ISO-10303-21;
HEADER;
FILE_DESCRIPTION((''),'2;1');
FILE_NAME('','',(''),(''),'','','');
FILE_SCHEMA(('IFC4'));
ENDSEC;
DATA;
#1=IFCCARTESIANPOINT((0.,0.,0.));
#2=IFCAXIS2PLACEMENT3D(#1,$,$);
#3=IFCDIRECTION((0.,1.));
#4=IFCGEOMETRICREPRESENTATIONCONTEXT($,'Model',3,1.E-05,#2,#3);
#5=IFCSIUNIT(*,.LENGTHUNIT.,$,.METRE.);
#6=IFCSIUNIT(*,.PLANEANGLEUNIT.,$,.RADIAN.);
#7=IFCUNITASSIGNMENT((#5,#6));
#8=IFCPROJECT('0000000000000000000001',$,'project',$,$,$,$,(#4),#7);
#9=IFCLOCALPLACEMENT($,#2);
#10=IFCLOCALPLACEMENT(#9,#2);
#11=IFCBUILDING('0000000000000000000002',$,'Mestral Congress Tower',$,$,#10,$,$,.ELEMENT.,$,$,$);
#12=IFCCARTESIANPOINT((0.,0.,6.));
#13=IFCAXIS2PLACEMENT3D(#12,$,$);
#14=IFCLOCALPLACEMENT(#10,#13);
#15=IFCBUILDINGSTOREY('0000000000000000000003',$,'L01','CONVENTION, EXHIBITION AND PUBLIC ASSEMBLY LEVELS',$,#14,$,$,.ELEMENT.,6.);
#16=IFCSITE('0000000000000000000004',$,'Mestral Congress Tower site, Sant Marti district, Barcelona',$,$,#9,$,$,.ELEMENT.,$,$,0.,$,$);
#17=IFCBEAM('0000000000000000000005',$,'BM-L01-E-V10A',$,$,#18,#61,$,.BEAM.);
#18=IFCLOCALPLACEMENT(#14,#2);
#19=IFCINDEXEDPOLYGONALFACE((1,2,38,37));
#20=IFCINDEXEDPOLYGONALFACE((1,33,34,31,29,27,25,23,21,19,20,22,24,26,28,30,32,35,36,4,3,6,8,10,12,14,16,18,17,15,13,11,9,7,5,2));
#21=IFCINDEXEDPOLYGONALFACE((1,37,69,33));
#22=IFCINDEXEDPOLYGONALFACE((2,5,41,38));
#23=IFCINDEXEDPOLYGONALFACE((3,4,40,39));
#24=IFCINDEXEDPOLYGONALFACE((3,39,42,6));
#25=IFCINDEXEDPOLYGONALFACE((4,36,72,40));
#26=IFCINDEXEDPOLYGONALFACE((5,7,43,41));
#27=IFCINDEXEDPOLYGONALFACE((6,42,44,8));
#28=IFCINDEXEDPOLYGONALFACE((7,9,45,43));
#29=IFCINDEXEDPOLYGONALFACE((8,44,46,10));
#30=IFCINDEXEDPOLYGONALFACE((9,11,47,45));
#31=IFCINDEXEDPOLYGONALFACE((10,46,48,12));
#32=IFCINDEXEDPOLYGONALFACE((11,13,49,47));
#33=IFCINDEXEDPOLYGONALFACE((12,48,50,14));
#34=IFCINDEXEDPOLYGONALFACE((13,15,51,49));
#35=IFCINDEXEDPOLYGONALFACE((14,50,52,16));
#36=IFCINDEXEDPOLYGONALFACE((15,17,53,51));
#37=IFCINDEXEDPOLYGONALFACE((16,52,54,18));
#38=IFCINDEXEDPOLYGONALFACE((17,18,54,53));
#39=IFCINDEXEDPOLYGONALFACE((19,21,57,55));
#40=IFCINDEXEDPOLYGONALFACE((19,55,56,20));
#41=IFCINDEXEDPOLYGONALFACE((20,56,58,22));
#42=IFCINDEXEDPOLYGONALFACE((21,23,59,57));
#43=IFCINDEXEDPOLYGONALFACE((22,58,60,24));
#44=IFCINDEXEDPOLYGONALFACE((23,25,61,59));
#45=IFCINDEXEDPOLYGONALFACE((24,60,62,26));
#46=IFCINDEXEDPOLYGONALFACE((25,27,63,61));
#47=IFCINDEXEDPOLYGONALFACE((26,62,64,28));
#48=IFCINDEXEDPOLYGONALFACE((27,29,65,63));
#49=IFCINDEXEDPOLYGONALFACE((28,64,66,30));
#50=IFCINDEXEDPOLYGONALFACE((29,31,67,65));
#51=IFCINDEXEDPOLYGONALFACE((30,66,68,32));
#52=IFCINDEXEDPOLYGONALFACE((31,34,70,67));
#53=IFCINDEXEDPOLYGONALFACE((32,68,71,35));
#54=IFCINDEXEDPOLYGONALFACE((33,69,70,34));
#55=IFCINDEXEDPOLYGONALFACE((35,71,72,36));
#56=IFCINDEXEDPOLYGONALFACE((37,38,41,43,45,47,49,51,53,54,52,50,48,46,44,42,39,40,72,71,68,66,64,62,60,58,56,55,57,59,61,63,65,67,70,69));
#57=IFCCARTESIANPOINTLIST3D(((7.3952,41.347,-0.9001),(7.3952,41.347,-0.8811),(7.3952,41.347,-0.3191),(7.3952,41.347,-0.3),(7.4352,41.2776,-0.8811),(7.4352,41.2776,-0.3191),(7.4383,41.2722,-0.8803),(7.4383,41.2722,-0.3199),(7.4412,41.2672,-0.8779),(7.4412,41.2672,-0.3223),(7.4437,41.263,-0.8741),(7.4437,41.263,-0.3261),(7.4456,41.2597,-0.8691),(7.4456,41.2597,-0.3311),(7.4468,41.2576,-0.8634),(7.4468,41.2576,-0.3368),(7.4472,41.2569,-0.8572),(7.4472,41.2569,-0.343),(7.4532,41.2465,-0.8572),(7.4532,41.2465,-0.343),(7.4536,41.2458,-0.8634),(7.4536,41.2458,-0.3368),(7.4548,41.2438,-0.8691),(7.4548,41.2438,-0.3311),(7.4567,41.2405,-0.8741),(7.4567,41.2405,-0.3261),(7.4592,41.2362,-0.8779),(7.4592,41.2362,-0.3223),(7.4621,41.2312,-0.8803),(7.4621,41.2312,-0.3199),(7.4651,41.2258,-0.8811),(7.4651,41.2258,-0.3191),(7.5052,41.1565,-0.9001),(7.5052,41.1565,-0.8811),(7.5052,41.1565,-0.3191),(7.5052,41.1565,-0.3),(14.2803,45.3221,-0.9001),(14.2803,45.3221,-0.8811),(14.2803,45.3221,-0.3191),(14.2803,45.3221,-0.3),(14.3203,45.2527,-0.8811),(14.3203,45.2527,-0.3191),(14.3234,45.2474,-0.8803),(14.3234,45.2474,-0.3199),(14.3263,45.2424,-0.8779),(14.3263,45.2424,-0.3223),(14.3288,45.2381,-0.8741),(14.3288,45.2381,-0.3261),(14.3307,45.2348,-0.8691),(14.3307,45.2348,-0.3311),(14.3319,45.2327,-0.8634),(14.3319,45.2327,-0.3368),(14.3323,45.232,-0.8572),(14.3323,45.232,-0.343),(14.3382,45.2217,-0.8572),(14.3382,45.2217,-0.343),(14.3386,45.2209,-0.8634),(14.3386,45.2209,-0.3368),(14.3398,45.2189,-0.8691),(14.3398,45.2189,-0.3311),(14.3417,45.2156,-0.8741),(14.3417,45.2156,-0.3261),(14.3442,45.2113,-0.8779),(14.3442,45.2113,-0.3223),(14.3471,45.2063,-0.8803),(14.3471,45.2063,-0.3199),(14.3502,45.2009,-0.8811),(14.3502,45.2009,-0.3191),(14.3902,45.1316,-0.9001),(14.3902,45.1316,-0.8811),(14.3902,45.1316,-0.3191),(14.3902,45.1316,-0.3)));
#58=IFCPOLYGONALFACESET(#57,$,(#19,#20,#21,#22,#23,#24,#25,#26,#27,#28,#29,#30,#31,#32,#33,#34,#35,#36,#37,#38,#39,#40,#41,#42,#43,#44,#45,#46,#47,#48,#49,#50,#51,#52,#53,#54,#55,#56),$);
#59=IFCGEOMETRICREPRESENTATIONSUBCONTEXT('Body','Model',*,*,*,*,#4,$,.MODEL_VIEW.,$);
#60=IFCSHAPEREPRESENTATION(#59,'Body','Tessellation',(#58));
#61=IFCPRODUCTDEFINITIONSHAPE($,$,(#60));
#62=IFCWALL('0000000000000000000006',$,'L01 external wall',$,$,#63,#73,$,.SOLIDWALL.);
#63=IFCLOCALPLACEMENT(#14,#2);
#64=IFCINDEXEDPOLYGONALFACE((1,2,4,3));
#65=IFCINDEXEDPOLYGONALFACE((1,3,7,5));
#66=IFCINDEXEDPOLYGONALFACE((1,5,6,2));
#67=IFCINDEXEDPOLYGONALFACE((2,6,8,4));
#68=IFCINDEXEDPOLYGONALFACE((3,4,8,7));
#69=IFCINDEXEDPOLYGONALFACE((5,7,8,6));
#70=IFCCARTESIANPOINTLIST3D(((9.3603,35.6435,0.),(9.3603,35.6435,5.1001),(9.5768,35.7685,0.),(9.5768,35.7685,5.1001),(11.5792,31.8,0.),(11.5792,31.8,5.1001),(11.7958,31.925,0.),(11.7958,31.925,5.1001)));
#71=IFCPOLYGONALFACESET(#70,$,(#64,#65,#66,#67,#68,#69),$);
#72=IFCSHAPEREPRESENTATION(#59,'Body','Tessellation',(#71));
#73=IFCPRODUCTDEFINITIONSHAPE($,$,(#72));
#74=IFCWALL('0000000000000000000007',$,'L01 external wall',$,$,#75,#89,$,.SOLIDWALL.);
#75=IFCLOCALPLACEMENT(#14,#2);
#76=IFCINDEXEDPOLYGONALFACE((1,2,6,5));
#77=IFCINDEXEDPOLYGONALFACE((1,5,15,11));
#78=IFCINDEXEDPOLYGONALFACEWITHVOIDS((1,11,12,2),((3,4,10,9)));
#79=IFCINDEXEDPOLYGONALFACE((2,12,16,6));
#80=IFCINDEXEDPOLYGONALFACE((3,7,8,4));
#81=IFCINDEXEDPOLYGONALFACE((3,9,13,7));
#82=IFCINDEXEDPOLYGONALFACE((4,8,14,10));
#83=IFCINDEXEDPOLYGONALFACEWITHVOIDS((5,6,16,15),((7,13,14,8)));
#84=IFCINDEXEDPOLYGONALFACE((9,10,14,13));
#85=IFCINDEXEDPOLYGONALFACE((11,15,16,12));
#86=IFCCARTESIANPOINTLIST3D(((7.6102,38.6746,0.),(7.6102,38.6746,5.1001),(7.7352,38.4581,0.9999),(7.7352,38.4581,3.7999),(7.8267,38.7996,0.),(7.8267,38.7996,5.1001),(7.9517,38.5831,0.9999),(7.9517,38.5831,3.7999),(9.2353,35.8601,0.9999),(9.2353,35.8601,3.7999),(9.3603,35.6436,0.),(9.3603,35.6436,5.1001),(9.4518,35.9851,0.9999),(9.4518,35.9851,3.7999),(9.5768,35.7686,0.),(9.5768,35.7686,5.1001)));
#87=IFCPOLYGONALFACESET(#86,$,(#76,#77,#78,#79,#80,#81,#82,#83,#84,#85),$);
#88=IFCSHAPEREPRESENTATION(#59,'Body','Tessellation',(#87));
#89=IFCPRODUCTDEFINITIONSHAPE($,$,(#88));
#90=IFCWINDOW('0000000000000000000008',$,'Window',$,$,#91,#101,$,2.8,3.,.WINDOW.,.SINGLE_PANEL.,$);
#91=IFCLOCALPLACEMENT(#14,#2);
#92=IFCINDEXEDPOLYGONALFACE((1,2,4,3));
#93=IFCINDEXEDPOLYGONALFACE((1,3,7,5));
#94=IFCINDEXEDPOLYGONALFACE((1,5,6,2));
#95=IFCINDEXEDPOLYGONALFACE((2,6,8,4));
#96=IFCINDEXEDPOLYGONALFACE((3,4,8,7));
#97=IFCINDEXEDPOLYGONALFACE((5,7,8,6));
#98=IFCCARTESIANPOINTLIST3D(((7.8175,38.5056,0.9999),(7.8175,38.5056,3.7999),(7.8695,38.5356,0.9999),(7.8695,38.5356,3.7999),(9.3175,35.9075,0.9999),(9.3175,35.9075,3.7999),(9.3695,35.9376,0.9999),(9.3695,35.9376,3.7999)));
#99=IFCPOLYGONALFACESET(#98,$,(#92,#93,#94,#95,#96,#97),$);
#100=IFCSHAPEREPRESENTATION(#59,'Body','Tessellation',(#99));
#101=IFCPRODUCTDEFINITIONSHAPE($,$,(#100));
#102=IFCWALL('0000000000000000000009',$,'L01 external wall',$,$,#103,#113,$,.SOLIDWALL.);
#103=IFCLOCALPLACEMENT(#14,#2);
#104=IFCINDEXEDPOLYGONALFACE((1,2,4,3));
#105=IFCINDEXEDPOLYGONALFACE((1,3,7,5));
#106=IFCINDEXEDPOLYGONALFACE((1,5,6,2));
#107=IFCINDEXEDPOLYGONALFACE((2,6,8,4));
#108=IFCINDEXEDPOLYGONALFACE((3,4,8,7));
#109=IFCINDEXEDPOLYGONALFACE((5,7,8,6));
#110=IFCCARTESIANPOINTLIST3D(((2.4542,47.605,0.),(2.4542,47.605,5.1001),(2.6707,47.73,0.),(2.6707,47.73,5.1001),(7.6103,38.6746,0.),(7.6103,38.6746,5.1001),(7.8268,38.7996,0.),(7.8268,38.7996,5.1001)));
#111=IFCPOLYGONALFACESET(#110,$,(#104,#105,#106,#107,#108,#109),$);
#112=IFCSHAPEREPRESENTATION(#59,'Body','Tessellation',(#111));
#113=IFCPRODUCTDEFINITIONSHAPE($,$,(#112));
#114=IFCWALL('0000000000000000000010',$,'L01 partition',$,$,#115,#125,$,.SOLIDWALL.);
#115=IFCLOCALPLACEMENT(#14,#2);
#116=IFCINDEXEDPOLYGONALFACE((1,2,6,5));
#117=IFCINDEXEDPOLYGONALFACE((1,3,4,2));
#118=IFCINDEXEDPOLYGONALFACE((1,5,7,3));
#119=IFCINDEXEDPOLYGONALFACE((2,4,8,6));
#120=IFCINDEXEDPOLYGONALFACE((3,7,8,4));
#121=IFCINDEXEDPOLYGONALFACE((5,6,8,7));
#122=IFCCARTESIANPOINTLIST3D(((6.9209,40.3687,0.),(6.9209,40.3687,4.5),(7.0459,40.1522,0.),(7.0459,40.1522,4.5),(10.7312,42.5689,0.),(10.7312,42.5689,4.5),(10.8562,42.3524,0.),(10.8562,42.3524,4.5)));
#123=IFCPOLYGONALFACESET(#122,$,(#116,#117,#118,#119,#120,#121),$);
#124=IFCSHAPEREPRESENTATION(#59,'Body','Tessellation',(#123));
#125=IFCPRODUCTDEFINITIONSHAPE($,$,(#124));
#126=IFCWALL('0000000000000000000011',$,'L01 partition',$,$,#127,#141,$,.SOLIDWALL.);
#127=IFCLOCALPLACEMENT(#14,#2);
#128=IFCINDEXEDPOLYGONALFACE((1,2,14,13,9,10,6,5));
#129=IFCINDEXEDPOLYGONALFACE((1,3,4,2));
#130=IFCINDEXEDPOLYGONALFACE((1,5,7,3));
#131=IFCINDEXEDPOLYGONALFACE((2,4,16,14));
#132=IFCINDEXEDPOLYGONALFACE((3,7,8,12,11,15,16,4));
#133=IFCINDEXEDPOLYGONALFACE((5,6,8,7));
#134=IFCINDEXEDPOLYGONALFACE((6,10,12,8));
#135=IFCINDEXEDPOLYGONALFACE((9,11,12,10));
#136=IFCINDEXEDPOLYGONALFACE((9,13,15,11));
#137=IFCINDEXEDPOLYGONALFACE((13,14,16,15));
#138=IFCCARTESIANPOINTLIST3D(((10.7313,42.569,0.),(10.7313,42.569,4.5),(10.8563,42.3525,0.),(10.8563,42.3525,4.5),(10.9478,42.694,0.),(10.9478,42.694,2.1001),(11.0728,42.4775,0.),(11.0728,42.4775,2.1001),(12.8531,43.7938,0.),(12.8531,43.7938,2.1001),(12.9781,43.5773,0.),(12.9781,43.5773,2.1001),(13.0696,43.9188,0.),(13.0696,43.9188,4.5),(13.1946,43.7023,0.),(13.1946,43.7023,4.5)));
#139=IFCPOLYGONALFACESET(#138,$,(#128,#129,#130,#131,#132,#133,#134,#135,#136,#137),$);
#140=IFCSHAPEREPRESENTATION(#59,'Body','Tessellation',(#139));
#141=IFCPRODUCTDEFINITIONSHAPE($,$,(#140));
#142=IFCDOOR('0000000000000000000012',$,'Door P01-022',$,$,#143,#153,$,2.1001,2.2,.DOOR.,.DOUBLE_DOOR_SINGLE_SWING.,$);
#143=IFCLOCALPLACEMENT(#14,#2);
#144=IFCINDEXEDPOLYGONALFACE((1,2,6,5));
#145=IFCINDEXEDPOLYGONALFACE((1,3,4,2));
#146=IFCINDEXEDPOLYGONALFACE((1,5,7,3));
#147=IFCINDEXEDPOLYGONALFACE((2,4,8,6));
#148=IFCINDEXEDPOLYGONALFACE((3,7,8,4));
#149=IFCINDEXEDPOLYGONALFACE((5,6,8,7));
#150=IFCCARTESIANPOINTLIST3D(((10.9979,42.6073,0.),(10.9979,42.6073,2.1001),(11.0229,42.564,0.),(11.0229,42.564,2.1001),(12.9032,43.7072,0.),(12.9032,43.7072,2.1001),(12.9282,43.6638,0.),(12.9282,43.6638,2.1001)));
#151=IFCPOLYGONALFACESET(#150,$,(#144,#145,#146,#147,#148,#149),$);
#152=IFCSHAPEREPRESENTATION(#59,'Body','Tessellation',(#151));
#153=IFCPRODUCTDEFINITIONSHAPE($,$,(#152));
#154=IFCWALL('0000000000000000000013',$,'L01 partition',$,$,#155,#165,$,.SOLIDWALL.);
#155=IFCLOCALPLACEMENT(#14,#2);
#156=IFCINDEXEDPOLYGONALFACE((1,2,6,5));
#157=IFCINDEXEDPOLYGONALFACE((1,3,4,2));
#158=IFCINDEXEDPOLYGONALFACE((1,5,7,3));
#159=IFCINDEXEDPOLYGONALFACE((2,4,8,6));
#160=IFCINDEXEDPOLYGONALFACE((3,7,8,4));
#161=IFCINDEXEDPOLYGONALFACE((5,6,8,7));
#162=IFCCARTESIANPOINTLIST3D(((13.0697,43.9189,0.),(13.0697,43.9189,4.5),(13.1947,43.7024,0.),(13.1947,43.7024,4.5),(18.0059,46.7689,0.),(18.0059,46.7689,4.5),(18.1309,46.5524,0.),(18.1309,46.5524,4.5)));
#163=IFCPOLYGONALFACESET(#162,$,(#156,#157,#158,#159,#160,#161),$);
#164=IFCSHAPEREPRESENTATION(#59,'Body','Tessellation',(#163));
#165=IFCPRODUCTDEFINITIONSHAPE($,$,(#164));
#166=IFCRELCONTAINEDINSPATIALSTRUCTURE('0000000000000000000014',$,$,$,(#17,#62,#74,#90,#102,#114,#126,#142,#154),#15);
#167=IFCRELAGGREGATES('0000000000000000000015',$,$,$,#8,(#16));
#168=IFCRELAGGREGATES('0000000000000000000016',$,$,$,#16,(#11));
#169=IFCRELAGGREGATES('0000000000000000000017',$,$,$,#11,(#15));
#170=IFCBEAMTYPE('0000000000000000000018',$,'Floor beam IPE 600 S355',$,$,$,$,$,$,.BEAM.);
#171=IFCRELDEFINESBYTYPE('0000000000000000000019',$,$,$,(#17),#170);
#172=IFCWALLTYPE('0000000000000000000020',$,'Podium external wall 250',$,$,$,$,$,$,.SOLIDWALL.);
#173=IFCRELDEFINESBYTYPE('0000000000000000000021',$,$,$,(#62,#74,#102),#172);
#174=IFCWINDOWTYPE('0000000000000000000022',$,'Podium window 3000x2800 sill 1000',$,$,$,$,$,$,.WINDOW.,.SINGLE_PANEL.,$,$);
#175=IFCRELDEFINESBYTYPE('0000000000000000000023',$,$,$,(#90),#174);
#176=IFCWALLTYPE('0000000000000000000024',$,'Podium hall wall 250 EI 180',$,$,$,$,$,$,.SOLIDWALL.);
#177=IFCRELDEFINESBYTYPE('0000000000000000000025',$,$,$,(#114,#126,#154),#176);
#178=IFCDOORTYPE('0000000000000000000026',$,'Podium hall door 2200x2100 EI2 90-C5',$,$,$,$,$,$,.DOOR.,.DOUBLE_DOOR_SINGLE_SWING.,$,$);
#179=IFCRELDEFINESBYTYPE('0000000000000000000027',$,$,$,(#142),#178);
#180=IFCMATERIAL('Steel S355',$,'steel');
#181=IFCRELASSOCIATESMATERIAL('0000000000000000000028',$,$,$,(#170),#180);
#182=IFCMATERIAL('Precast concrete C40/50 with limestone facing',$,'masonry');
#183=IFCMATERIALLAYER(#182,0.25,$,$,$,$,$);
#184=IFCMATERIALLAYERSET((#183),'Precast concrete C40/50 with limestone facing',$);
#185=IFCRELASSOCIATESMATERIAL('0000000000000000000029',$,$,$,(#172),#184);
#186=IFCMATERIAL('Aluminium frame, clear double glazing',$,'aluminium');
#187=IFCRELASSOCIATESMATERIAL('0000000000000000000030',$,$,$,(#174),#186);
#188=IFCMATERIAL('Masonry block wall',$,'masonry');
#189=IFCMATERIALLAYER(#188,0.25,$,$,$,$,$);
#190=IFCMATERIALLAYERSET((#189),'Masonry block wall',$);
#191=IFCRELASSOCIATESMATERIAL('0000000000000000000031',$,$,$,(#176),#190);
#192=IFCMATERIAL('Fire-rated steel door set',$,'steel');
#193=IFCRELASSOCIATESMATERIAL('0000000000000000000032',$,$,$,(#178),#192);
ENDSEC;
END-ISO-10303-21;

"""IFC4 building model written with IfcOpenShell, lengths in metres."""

from ifc_helpers import new_model, si_unit, direction, frame, frame_2d, origin, origin_2d, place, context, subcontext, project, spatial, rectangle, i_section, extrude, material, layer, layer_set, material_profile, profile_set, type_object, element, fill, save


model = new_model("IFC4")

# Units and contexts
model_context = context("Model", 3, precision=1e-05, world=origin(), true_north=direction((0.0, 1.0)))
body_context = subcontext(model_context, "Body", "Model", "MODEL_VIEW")
ifc_project = project(units=[si_unit("LENGTHUNIT", "METRE"), si_unit("PLANEANGLEUNIT", "RADIAN")], contexts=[model_context])

# Site, building, storey
site_placement = place(None, origin())
site = spatial("IfcSite", under=ifc_project, at=site_placement, Name="Mestral Congress Tower site, Sant Marti district, Barcelona", CompositionType="ELEMENT", RefElevation=0.0)
building_placement = place(site_placement, origin())
building = spatial("IfcBuilding", under=site, at=building_placement, Name="Mestral Congress Tower", CompositionType="ELEMENT")
storey_placement = place(building_placement, frame((0.0, 0.0, 6.0)))
storey = spatial("IfcBuildingStorey", under=building, at=storey_placement, Name="L01", Description="CONVENTION, EXHIBITION AND PUBLIC ASSEMBLY LEVELS", CompositionType="ELEMENT", Elevation=6.0)

# Beam
ifc_material_1 = material(Name="Steel S355", Category="steel")
ifc_material_profile_1 = material_profile(ifc_material_1, i_section(OverallWidth=0.22, OverallDepth=0.6001, WebThickness=0.012, FlangeThickness=0.019, FilletRadius=0.0239, at=origin_2d()), Name="IPE 600")
ifc_profile_set_1 = profile_set([ifc_material_profile_1], Name="Steel S355")
beam_type_1 = type_object("IfcBeamType", Name="Floor beam IPE 600 S355", PredefinedType="BEAM", material=ifc_profile_set_1)
for number, where, z_axis, x_axis, name in (
    (1, (7.4502, 41.2517, -0.6001), (0.866023, 0.500003, 0.0), (-0.500003, 0.866023, 0.0), "BM-L01-E-V10A"),
):
    element("IfcBeam", number, at=place(storey_placement, frame(where, z_axis=z_axis, x_axis=x_axis)), inside=storey, type_object=beam_type_1, Name=name, PredefinedType="BEAM", context=body_context, shape_type="SweptSolid", body=[
        extrude(i_section(OverallWidth=0.22, OverallDepth=0.6001, WebThickness=0.012, FlangeThickness=0.019, FilletRadius=0.0239, at=origin_2d()), origin(), (0.0, 0.0, 1.0), 7.9502),
    ])

# Wall
ifc_material_2 = material(Name="Precast concrete C40/50 with limestone facing", Category="masonry")
ifc_layer_1 = layer(ifc_material_2, 0.25)
ifc_layer_set_1 = layer_set([ifc_layer_1], Name="Precast concrete C40/50 with limestone facing")
wall_type_1 = type_object("IfcWallType", Name="Podium external wall 250", PredefinedType="SOLIDWALL", material=ifc_layer_set_1)
wall_1_placement = place(storey_placement, frame((11.6875, 31.8625, 0.0), z_axis=(0.0, 0.0, 1.0), x_axis=(-0.499991, 0.866031, 0.0)))
element("IfcWall", 2, at=wall_1_placement, inside=storey, type_object=wall_type_1, Name="L01 external wall", PredefinedType="SOLIDWALL", context=body_context, shape_type="SweptSolid", body=[
    extrude(rectangle(XDim=4.438, YDim=0.25, at=frame_2d((2.219, 0.0))), origin(), (0.0, 0.0, 1.0), 5.1001),
])

# Wall, opening, window
wall_2_placement = place(storey_placement, frame((9.4685, 35.7061, 0.0), z_axis=(0.0, 0.0, 1.0), x_axis=(-0.50001, 0.866019, 0.0)))
wall_2 = element("IfcWall", 3, at=wall_2_placement, inside=storey, type_object=wall_type_1, Name="L01 external wall", PredefinedType="SOLIDWALL", context=body_context, shape_type="SweptSolid", body=[
    extrude(rectangle(XDim=3.5, YDim=0.25, at=frame_2d((1.75, 0.0))), origin(), (0.0, 0.0, 1.0), 5.1001),
])
opening_1_placement = place(wall_2_placement, frame((0.25, 0.0, 1.0)))
opening_1 = element("IfcOpeningElement", 4, at=opening_1_placement, cuts=wall_2, PredefinedType="OPENING", context=body_context, shape_type="SweptSolid", body=[
    extrude(rectangle(XDim=3.0, YDim=2.8, at=frame_2d((1.5, 1.3999))), frame((0.0, 0.135, 0.0), z_axis=(0.0, -1.0, 0.0), x_axis=(1.0, 0.0, 0.0)), (0.0, 0.0, 1.0), 0.27),
])
ifc_material_3 = material(Name="Aluminium frame, clear double glazing", Category="aluminium")
window_type = type_object("IfcWindowType", Name="Podium window 3000x2800 sill 1000", PartitioningType="SINGLE_PANEL", PredefinedType="WINDOW", material=ifc_material_3)
window_placement = place(opening_1_placement, origin())
window = element("IfcWindow", 5, at=window_placement, inside=storey, type_object=window_type, Name="Window", OverallHeight=2.8, OverallWidth=3.0, PartitioningType="SINGLE_PANEL", PredefinedType="WINDOW", context=body_context, shape_type="SweptSolid", body=[
    extrude(rectangle(XDim=3.0, YDim=2.8, at=frame_2d((1.5, 1.3999))), frame((0.0, 0.03, 0.0), z_axis=(0.0, -1.0, 0.0), x_axis=(1.0, 0.0, 0.0)), (0.0, 0.0, 1.0), 0.0601),
])
fill(opening_1, window)

# Walls
wall_3_placement = place(storey_placement, frame((7.7185, 38.7371, 0.0), z_axis=(0.0, 0.0, 1.0), x_axis=(-0.500002, 0.866024, 0.0)))
element("IfcWall", 6, at=wall_3_placement, inside=storey, type_object=wall_type_1, Name="L01 external wall", PredefinedType="SOLIDWALL", context=body_context, shape_type="SweptSolid", body=[
    extrude(rectangle(XDim=10.312, YDim=0.25, at=frame_2d((5.156, 0.0))), origin(), (0.0, 0.0, 1.0), 5.1001),
])
ifc_material_4 = material(Name="Masonry block wall", Category="masonry")
ifc_layer_2 = layer(ifc_material_4, 0.25)
ifc_layer_set_2 = layer_set([ifc_layer_2], Name="Masonry block wall")
wall_type_2 = type_object("IfcWallType", Name="Podium hall wall 250 EI 180", PredefinedType="SOLIDWALL", material=ifc_layer_set_2)
wall_4_placement = place(storey_placement, frame((6.9834, 40.2605, 0.0), z_axis=(0.0, 0.0, 1.0), x_axis=(0.865994, 0.500054, 0.0)))
element("IfcWall", 7, at=wall_4_placement, inside=storey, type_object=wall_type_2, Name="L01 partition", PredefinedType="SOLIDWALL", context=body_context, shape_type="SweptSolid", body=[
    extrude(rectangle(XDim=4.3999, YDim=0.25, at=frame_2d((2.2, 0.0))), origin(), (0.0, 0.0, 1.0), 4.5),
])

# Wall, opening, door
wall_5_placement = place(storey_placement, frame((10.7937, 42.4607, 0.0), z_axis=(0.0, 0.0, 1.0), x_axis=(0.866059, 0.499942, 0.0)))
wall_5 = element("IfcWall", 8, at=wall_5_placement, inside=storey, type_object=wall_type_2, Name="L01 partition", PredefinedType="SOLIDWALL", context=body_context, shape_type="SweptSolid", body=[
    extrude(rectangle(XDim=2.7, YDim=0.25, at=frame_2d((1.3501, 0.0))), origin(), (0.0, 0.0, 1.0), 4.5),
])
opening_2_placement = place(wall_5_placement, frame((0.25, 0.0, 0.0)))
opening_2 = element("IfcOpeningElement", 9, at=opening_2_placement, cuts=wall_5, PredefinedType="OPENING", context=body_context, shape_type="SweptSolid", body=[
    extrude(rectangle(XDim=2.2, YDim=2.1001, at=frame_2d((1.1001, 1.05))), frame((0.0, 0.135, 0.0), z_axis=(0.0, -1.0, 0.0), x_axis=(1.0, 0.0, 0.0)), (0.0, 0.0, 1.0), 0.27),
])
ifc_material_5 = material(Name="Fire-rated steel door set", Category="steel")
door_type_1 = type_object("IfcDoorType", Name="Podium hall door 2200x2100 EI2 90-C5", OperationType="DOUBLE_DOOR_SINGLE_SWING", PredefinedType="DOOR", material=ifc_material_5)
door_1_placement = place(opening_2_placement, origin())
door_1 = element("IfcDoor", 10, at=door_1_placement, inside=storey, type_object=door_type_1, Name="Door P01-022", OperationType="DOUBLE_DOOR_SINGLE_SWING", OverallHeight=2.1001, OverallWidth=2.2, PredefinedType="DOOR", context=body_context, shape_type="SweptSolid", body=[
    extrude(rectangle(XDim=2.2, YDim=2.1001, at=frame_2d((1.1001, 1.05))), frame((0.0, 0.0249, 0.0), z_axis=(0.0, -1.0, 0.0), x_axis=(1.0, 0.0, 0.0)), (0.0, 0.0, 1.0), 0.05),
])
fill(opening_2, door_1)

# Wall
wall_6_placement = place(storey_placement, frame((13.1321, 43.8105, 0.0), z_axis=(0.0, 0.0, 1.0), x_axis=(0.866015, 0.500018, 0.0)))
element("IfcWall", 11, at=wall_6_placement, inside=storey, type_object=wall_type_2, Name="L01 partition", PredefinedType="SOLIDWALL", context=body_context, shape_type="SweptSolid", body=[
    extrude(rectangle(XDim=5.7, YDim=0.25, at=frame_2d((2.8501, 0.0))), origin(), (0.0, 0.0, 1.0), 4.5),
])

save(model, "model.ifc")
